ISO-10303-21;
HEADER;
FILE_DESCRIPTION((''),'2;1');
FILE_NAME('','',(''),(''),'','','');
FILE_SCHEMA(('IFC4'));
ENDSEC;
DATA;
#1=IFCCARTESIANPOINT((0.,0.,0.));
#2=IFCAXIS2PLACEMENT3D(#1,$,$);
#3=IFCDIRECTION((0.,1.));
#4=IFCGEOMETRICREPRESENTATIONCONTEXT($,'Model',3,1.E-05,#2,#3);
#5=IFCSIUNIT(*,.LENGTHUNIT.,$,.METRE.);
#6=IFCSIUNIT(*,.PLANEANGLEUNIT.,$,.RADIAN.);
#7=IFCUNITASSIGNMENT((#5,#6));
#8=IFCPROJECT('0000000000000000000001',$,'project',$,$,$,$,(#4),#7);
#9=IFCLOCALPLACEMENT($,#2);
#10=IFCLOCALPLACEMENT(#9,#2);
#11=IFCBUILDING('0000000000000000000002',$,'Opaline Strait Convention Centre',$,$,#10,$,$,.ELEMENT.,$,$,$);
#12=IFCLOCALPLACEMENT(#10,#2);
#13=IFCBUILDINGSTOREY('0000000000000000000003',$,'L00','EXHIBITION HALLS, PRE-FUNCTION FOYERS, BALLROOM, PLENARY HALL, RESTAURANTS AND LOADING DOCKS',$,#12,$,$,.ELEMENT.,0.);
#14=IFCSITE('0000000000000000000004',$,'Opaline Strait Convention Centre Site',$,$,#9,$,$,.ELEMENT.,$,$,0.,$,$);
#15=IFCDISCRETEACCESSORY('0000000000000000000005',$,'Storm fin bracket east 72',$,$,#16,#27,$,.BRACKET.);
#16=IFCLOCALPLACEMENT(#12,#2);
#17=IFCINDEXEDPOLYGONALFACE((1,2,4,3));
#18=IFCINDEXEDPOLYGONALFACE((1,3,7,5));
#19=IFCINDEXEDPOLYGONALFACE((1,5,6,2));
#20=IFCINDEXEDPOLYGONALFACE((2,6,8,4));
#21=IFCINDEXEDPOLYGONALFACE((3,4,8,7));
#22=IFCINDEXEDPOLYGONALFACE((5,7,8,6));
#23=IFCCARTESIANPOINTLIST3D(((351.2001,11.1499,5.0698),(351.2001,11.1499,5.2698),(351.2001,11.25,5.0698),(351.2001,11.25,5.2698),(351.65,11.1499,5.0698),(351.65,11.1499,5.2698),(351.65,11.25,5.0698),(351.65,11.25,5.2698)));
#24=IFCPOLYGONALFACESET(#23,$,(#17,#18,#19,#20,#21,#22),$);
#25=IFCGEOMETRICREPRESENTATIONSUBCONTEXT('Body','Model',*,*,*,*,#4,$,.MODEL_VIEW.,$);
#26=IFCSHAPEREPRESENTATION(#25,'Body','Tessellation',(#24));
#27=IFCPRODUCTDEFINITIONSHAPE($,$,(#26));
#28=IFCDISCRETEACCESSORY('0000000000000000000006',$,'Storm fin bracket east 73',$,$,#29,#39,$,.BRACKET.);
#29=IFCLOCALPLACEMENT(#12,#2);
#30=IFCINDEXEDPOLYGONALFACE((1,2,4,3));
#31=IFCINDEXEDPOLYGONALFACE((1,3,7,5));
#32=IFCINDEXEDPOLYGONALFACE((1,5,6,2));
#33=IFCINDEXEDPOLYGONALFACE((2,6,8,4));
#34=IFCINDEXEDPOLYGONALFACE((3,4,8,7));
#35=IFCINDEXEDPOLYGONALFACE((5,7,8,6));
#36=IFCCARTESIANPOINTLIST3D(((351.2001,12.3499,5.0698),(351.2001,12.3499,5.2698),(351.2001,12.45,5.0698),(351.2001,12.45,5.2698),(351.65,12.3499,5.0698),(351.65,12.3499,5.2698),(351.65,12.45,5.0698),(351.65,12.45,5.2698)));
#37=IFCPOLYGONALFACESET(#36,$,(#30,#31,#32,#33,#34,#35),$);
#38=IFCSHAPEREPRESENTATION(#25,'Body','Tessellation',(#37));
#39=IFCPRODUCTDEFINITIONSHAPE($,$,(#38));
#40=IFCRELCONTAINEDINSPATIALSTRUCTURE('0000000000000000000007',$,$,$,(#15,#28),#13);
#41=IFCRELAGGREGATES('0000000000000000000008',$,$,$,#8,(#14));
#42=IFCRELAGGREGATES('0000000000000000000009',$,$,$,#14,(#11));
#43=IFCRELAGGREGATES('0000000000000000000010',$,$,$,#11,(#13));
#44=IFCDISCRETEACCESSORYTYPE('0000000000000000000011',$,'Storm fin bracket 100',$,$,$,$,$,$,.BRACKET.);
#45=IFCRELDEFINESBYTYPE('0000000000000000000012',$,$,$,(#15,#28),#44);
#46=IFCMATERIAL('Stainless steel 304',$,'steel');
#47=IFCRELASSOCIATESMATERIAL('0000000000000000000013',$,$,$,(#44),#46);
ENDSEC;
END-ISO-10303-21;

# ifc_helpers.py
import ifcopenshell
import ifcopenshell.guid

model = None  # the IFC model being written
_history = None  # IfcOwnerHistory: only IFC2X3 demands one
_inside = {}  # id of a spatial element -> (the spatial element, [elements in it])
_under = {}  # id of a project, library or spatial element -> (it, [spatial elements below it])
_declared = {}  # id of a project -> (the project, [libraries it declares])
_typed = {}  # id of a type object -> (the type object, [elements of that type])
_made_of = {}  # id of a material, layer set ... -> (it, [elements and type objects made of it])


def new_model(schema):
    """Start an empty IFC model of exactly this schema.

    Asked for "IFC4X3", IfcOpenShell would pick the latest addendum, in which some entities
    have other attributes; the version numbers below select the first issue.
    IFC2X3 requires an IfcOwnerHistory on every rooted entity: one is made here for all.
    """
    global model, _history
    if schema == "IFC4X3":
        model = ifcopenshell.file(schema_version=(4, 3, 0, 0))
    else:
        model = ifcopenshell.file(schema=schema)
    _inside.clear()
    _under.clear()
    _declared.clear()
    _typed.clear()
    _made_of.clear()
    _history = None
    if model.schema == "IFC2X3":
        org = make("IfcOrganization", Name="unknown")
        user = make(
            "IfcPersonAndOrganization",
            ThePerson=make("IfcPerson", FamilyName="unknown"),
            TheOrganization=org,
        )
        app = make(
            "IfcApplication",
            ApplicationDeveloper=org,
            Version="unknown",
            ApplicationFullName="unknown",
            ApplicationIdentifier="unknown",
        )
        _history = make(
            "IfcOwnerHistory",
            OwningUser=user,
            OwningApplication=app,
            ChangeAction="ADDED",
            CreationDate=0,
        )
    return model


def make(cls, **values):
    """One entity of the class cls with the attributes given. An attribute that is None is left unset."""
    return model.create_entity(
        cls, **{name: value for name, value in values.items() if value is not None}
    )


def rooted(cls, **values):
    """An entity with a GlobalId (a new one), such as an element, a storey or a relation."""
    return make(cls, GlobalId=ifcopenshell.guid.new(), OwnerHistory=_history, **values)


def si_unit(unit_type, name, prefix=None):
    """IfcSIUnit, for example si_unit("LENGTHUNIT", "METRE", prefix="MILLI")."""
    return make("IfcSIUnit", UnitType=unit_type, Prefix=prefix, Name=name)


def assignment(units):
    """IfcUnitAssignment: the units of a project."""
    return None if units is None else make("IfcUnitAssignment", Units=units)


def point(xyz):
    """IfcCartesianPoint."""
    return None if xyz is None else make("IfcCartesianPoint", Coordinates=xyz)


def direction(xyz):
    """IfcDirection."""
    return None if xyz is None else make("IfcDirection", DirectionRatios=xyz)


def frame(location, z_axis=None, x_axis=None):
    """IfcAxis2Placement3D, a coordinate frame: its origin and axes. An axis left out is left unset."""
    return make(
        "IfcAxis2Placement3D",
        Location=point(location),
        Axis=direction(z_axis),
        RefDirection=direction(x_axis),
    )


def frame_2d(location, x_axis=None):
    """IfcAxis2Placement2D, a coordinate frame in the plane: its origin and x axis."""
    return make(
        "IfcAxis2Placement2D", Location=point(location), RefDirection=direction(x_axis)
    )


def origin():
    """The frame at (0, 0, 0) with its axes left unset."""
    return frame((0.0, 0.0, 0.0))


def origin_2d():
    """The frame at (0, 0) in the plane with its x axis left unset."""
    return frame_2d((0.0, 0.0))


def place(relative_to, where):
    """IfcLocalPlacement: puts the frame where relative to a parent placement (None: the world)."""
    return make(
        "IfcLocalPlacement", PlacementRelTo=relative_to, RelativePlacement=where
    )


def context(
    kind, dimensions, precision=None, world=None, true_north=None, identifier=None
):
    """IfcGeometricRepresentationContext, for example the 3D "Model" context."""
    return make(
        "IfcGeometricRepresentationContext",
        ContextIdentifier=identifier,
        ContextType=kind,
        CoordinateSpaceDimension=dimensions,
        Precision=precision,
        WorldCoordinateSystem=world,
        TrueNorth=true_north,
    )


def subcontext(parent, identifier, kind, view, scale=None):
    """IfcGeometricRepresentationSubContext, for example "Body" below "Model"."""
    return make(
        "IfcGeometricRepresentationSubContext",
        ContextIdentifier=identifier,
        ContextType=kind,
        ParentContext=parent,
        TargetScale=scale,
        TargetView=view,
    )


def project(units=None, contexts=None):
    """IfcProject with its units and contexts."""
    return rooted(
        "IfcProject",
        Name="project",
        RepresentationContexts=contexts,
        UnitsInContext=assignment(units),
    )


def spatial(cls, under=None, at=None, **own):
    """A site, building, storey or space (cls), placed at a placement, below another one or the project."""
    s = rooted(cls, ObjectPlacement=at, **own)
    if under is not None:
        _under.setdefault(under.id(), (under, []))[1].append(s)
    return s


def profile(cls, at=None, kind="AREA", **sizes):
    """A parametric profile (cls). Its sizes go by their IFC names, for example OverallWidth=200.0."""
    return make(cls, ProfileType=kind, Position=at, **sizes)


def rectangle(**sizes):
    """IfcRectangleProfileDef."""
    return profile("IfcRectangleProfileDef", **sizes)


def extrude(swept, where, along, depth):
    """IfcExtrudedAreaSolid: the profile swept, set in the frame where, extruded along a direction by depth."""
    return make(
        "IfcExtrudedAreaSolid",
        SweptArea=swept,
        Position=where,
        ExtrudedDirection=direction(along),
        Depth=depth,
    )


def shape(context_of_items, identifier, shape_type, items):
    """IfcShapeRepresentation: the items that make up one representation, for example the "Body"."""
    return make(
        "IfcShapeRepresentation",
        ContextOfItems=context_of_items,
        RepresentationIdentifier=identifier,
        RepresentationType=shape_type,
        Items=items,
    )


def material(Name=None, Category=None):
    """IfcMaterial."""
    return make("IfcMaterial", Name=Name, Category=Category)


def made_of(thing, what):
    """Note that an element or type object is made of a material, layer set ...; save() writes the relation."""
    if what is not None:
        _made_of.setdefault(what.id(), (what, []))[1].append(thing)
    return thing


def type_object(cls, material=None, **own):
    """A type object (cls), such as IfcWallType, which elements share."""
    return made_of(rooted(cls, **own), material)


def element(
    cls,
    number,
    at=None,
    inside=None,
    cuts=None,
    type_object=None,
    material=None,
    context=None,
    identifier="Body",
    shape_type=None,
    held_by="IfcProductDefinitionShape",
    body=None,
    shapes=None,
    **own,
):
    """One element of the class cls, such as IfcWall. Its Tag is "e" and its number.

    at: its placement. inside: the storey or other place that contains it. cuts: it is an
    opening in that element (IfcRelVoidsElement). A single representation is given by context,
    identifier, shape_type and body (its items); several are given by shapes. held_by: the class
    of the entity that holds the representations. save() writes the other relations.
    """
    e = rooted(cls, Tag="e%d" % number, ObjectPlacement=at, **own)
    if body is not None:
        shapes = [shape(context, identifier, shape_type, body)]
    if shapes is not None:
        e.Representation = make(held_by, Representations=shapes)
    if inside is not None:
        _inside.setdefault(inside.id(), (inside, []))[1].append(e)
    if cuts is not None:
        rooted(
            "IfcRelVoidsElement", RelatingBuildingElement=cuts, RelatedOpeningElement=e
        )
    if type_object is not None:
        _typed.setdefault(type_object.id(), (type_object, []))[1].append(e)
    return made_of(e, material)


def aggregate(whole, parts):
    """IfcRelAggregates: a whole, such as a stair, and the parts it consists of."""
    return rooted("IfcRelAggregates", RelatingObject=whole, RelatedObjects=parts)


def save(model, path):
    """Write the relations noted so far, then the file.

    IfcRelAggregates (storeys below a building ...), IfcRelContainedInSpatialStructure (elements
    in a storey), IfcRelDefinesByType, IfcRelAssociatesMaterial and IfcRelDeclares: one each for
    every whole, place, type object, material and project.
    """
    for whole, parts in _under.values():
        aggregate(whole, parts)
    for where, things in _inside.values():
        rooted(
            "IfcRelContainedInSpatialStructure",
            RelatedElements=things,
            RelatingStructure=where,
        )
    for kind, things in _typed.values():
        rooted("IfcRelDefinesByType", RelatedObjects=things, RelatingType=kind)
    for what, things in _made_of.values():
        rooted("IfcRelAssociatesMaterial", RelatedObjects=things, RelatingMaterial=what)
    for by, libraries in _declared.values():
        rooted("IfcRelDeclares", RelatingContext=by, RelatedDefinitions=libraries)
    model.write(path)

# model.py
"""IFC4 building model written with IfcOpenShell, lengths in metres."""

from ifc_helpers import new_model, si_unit, direction, frame, origin, origin_2d, place, context, subcontext, project, spatial, rectangle, extrude, material, type_object, element, save


model = new_model("IFC4")

# Units and contexts
model_context = context("Model", 3, precision=1e-05, world=origin(), true_north=direction((0.0, 1.0)))
body_context = subcontext(model_context, "Body", "Model", "MODEL_VIEW")
ifc_project = project(units=[si_unit("LENGTHUNIT", "METRE"), si_unit("PLANEANGLEUNIT", "RADIAN")], contexts=[model_context])

# Site, building, storey
site_placement = place(None, origin())
site = spatial("IfcSite", under=ifc_project, at=site_placement, Name="Opaline Strait Convention Centre Site", CompositionType="ELEMENT", RefElevation=0.0)
building_placement = place(site_placement, origin())
building = spatial("IfcBuilding", under=site, at=building_placement, Name="Opaline Strait Convention Centre", CompositionType="ELEMENT")
storey_placement = place(building_placement, origin())
storey = spatial("IfcBuildingStorey", under=building, at=storey_placement, Name="L00", Description="EXHIBITION HALLS, PRE-FUNCTION FOYERS, BALLROOM, PLENARY HALL, RESTAURANTS AND LOADING DOCKS", CompositionType="ELEMENT", Elevation=0.0)

# Shared definitions
ifc_material_1 = material(Name="Stainless steel 304", Category="steel")

# Discrete accessories
discrete_accessory_type = type_object("IfcDiscreteAccessoryType", Name="Storm fin bracket 100", PredefinedType="BRACKET", material=ifc_material_1)
for number, where, z_axis, x_axis, name in (
    (1, (351.425, 11.2, 5.0698), (0.0, 0.0, 1.0), (1.0, 0.0, 0.0), "Storm fin bracket east 72"),
    (2, (351.425, 12.3999, 5.0698), (0.0, 0.0, 1.0), (1.0, 0.0, 0.0), "Storm fin bracket east 73"),
):
    element("IfcDiscreteAccessory", number, at=place(storey_placement, frame(where, z_axis=z_axis, x_axis=x_axis)), inside=storey, type_object=discrete_accessory_type, Name=name, PredefinedType="BRACKET", context=body_context, shape_type="SweptSolid", body=[
        extrude(rectangle(XDim=0.45, YDim=0.1001, at=origin_2d()), origin(), (0.0, 0.0, 1.0), 0.2),
    ])

save(model, "model.ifc")
